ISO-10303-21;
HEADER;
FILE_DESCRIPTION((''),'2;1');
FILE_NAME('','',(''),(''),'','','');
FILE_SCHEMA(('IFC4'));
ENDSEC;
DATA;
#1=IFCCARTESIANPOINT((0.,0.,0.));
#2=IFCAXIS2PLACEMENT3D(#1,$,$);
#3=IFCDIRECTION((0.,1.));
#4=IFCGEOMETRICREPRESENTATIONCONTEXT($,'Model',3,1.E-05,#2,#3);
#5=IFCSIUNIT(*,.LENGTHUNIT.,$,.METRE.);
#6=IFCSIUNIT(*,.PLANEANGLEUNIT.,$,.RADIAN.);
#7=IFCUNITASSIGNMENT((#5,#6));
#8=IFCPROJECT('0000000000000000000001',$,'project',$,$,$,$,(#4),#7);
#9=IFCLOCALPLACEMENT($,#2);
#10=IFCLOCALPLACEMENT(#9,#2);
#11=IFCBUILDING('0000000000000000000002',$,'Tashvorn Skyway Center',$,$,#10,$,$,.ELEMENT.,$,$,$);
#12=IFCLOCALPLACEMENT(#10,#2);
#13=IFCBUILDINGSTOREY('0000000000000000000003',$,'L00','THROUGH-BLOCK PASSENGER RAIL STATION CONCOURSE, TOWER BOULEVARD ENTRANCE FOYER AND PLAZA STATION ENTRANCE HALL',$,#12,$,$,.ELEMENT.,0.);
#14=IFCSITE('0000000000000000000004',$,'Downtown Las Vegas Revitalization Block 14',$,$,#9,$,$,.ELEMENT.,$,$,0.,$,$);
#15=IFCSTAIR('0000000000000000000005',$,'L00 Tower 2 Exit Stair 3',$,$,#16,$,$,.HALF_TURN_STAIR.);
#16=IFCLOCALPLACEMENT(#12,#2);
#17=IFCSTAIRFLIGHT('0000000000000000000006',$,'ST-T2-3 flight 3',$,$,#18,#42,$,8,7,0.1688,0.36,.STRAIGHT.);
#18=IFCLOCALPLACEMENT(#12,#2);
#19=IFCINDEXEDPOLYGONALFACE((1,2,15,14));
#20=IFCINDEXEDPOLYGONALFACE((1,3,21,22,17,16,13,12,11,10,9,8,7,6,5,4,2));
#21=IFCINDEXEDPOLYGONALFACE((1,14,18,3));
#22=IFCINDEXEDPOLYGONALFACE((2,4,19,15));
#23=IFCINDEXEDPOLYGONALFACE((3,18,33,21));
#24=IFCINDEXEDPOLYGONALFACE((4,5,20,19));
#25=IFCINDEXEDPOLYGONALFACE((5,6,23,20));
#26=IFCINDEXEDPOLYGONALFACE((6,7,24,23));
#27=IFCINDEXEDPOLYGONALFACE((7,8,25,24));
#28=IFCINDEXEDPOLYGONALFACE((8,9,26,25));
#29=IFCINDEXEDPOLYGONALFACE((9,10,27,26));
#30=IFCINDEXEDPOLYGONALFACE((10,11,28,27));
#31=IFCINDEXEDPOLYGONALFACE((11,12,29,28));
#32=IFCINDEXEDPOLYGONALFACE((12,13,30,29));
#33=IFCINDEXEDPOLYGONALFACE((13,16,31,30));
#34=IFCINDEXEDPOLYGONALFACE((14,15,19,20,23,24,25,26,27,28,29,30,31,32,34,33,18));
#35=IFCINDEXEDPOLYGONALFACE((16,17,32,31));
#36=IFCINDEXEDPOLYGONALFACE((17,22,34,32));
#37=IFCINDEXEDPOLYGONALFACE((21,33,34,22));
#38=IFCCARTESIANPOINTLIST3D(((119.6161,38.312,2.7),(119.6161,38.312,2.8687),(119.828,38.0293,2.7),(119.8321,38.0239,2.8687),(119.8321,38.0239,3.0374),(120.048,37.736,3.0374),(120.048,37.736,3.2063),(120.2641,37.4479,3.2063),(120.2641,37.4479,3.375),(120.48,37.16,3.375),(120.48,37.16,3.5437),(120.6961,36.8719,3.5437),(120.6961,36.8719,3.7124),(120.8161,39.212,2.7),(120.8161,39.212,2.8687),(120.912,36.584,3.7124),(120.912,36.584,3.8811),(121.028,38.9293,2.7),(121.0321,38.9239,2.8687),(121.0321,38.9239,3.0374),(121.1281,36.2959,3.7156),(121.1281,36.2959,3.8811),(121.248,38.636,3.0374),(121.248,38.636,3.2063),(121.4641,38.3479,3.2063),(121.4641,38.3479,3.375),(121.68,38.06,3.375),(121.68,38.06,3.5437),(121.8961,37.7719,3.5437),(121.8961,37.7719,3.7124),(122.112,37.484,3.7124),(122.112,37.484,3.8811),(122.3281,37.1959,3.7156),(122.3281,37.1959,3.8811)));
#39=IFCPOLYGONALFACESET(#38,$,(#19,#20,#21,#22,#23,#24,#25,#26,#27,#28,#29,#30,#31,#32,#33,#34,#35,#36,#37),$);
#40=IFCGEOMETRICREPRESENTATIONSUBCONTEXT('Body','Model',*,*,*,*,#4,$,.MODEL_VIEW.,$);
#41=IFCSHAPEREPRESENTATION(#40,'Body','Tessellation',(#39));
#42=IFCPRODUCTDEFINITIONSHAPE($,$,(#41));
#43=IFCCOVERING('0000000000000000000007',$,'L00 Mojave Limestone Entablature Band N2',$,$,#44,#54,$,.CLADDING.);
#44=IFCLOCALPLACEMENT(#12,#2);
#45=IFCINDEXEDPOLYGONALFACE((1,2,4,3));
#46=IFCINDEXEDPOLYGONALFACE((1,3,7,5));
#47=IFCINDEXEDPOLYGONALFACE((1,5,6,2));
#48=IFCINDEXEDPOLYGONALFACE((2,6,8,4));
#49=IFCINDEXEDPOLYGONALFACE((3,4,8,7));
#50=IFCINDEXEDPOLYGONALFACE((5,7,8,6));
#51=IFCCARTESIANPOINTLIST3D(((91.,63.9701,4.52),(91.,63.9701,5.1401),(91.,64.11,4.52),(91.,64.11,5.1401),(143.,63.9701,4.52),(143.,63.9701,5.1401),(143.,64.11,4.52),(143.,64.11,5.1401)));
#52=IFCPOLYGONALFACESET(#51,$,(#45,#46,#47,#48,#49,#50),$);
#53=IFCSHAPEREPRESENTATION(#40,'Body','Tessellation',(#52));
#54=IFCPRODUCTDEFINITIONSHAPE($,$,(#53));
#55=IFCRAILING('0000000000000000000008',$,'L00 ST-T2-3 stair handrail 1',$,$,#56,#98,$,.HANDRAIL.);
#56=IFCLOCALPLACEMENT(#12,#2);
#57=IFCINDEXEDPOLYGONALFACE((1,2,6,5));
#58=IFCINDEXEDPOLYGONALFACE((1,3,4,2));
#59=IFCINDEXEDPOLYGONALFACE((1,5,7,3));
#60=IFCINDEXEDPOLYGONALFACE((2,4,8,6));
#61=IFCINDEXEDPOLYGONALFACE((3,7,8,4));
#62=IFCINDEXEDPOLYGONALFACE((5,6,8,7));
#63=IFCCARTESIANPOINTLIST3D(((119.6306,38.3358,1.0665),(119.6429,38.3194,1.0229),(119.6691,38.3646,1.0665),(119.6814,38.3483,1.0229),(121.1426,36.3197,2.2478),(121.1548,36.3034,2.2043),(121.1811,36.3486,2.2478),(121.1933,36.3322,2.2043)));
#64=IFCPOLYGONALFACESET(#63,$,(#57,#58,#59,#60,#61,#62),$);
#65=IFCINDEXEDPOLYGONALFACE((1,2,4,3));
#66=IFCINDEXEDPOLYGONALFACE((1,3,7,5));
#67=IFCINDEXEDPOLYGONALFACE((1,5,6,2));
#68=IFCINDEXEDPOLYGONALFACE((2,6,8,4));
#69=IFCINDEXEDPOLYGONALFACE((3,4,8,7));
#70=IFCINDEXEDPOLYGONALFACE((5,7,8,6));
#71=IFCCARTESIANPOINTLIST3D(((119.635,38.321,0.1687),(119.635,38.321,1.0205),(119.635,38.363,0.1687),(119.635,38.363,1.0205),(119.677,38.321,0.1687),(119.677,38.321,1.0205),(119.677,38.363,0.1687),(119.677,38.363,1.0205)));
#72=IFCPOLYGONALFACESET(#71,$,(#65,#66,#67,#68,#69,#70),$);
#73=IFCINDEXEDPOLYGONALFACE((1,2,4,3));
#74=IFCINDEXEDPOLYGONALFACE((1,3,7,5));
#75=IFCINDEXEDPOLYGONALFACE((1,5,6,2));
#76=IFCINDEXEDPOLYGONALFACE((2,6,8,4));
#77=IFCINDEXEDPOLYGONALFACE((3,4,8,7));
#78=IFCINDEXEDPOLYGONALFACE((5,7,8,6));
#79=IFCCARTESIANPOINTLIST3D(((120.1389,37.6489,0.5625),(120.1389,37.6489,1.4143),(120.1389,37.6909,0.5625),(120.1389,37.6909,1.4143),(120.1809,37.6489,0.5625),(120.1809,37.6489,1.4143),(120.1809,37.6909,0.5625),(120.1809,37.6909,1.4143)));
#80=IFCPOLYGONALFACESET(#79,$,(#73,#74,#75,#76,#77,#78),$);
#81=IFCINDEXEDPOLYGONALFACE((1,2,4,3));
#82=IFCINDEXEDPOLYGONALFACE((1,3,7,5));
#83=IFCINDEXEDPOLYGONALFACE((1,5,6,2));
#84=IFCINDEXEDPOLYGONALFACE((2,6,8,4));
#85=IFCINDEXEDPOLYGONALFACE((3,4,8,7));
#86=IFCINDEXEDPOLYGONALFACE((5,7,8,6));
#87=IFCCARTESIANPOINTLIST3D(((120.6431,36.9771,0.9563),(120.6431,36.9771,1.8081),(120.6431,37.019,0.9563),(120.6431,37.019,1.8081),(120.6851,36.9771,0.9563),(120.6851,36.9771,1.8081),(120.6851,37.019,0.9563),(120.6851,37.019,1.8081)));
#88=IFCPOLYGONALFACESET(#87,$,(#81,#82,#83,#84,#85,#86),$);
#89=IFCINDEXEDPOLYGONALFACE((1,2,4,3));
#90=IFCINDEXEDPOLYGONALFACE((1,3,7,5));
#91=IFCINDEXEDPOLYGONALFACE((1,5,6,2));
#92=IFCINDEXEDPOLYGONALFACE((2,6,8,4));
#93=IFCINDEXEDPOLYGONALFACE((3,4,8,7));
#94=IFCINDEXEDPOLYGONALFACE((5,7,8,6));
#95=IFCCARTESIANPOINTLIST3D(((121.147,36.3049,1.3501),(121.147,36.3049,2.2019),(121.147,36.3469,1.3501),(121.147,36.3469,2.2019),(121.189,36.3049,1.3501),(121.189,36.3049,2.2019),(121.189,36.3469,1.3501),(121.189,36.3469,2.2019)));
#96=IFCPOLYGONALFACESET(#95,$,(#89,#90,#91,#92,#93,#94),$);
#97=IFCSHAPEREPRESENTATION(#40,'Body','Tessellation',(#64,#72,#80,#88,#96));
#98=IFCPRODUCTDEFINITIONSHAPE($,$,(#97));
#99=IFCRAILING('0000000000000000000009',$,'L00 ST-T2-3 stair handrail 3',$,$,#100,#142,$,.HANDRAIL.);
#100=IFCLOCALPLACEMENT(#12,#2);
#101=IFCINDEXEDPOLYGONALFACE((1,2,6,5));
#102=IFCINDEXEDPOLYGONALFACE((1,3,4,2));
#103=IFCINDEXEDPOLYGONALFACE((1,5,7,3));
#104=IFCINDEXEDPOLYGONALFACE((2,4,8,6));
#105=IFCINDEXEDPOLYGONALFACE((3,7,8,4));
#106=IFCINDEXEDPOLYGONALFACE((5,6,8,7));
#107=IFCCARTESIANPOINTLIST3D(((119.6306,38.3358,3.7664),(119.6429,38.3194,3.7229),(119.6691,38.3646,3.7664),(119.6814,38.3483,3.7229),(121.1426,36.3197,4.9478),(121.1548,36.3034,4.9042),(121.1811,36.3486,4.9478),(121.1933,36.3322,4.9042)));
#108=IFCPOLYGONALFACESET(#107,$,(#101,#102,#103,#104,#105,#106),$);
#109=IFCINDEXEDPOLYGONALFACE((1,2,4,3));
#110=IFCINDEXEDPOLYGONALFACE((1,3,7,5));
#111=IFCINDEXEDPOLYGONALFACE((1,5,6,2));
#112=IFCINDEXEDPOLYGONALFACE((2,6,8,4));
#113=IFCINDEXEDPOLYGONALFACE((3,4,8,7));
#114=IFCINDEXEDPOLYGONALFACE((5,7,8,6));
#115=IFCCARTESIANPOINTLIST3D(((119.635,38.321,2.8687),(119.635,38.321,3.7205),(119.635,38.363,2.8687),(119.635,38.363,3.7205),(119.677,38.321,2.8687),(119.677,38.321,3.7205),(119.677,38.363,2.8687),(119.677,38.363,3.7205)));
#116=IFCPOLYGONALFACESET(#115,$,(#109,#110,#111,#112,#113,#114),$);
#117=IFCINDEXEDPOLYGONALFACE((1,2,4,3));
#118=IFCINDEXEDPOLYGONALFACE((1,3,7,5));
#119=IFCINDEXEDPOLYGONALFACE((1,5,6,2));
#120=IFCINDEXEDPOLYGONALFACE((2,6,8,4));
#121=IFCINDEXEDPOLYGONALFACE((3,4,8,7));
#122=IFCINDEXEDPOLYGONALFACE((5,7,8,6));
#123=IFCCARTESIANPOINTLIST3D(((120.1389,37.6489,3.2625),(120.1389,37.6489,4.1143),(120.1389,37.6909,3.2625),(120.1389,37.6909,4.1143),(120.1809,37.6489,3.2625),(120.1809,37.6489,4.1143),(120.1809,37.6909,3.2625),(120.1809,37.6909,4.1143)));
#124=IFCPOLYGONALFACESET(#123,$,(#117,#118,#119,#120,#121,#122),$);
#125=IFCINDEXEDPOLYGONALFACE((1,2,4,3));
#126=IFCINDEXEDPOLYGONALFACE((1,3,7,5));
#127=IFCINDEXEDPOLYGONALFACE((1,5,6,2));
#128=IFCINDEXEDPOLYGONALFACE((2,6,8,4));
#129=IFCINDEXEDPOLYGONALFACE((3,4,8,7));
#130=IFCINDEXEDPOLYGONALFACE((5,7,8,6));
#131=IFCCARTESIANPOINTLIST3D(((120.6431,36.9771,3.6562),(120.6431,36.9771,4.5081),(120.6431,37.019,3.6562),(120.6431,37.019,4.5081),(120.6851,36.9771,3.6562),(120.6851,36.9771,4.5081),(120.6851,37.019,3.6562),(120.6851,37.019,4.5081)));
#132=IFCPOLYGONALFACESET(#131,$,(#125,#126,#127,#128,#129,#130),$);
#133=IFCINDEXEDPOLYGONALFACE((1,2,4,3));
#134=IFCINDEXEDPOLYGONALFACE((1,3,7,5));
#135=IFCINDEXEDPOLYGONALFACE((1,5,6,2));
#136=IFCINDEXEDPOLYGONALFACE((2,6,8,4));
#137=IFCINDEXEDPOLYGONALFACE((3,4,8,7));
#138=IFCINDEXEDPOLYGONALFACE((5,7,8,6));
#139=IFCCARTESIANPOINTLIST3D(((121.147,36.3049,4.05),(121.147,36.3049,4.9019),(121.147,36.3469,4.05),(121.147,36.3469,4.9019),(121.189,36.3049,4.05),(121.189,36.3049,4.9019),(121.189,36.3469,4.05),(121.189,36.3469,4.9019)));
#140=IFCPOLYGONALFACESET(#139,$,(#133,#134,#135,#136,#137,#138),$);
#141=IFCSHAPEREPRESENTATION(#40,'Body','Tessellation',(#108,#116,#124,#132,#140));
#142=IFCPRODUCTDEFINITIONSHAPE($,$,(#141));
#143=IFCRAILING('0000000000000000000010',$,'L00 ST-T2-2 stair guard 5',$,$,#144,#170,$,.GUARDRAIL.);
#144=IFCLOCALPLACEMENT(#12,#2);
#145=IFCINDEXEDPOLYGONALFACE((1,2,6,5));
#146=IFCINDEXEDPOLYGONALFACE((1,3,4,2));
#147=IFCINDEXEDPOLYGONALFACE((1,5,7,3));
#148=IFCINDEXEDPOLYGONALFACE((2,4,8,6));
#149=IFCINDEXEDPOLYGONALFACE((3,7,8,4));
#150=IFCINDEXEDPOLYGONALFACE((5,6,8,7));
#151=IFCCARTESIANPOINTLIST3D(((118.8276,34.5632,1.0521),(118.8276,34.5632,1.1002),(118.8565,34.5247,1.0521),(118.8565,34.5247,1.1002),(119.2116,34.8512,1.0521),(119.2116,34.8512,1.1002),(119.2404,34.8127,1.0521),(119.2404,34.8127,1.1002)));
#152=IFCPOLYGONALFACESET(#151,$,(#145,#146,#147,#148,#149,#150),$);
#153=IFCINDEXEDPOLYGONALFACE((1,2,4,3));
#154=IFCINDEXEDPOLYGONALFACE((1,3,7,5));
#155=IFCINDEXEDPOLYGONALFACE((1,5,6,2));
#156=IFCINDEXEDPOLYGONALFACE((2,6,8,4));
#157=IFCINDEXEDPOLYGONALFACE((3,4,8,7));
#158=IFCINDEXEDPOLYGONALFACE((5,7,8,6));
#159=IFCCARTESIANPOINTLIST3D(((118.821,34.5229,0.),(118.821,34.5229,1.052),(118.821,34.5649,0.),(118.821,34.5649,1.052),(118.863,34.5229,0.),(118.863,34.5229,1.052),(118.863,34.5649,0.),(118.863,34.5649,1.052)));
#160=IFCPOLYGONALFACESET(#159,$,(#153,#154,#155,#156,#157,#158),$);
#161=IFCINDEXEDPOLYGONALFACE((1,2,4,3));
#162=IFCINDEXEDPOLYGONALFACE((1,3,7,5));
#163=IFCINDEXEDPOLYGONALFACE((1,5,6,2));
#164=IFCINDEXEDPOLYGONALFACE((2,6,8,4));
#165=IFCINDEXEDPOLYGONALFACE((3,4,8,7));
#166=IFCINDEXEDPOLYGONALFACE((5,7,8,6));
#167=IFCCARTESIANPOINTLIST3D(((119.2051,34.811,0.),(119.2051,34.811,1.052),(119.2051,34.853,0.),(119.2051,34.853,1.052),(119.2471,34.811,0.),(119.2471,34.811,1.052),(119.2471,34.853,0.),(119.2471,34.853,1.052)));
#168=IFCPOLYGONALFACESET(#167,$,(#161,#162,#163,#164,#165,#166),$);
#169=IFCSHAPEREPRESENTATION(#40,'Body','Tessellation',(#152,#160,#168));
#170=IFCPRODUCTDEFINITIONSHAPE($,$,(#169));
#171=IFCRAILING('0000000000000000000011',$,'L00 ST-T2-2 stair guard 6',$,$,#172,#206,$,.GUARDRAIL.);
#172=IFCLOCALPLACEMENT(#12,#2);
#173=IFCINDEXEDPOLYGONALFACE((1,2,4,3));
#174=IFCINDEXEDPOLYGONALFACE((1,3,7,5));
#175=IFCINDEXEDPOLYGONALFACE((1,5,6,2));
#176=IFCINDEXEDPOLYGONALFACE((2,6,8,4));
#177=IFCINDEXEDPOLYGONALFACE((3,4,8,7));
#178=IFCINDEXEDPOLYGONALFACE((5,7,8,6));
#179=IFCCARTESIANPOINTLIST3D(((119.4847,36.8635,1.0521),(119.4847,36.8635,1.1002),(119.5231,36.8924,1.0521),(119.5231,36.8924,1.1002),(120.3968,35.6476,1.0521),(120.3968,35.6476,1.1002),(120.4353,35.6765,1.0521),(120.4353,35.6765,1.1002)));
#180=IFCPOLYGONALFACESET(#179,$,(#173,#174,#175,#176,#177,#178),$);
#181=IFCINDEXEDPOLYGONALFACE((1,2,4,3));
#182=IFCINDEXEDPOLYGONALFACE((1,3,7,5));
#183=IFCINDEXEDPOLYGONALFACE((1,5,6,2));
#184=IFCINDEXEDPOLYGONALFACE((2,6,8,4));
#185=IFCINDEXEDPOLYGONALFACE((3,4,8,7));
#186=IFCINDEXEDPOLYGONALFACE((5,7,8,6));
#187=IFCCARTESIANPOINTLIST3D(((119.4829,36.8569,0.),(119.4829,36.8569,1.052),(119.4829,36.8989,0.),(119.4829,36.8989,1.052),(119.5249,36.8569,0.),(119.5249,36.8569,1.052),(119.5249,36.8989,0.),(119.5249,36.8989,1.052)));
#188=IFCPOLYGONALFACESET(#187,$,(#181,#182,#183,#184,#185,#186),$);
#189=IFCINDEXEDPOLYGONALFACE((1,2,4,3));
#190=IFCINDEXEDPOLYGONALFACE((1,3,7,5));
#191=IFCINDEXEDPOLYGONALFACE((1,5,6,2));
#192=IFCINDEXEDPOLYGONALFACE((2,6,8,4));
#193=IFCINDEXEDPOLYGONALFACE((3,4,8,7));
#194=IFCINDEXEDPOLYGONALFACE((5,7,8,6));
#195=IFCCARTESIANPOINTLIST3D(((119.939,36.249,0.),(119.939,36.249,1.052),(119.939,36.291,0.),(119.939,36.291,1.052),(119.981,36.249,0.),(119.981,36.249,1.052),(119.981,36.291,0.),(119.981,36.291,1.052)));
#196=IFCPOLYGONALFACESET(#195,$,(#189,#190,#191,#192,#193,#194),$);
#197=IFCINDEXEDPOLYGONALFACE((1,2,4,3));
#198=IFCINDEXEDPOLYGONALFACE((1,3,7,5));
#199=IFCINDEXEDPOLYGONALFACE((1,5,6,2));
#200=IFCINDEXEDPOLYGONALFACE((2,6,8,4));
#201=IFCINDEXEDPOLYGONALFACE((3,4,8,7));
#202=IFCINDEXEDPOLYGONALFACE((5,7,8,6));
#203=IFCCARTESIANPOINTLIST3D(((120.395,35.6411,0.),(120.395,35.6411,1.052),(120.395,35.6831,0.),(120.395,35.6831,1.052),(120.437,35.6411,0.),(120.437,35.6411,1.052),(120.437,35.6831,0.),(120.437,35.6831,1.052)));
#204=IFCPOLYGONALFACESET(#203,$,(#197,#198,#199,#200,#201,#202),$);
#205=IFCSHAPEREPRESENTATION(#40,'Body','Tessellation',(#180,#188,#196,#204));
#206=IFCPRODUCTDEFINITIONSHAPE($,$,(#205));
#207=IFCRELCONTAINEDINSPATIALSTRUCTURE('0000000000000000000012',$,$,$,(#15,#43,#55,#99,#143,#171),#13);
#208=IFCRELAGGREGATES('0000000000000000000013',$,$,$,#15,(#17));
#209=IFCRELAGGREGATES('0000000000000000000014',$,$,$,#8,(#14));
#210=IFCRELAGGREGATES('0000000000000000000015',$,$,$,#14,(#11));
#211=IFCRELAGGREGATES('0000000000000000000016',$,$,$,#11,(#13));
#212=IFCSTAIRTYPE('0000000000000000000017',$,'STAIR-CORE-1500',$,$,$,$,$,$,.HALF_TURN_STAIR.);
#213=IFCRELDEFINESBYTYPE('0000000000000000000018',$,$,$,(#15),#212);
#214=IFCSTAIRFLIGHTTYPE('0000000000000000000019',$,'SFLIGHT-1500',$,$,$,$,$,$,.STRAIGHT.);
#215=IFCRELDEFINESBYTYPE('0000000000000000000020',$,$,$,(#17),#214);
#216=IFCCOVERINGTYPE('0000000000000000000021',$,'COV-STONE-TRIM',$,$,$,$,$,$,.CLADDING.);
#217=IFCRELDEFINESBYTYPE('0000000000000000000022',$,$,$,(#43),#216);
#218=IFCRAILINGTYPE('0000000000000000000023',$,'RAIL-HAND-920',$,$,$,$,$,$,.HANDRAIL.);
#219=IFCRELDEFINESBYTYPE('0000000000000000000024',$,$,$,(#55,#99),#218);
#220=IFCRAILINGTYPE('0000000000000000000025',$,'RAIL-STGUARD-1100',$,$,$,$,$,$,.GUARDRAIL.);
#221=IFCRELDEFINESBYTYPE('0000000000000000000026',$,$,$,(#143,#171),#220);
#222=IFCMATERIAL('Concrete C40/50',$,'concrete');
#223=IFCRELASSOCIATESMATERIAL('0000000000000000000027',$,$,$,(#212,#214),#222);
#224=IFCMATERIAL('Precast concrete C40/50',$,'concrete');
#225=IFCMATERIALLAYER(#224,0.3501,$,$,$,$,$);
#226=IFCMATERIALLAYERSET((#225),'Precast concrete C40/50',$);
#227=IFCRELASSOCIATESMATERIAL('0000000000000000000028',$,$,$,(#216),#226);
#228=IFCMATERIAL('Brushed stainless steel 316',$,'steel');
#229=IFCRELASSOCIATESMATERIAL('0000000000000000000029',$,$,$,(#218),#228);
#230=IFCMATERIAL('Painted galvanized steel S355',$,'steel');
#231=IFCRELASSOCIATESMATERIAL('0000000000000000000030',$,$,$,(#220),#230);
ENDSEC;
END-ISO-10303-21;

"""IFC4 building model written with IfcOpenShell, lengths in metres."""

from ifc_helpers import new_model, si_unit, direction, frame, origin, origin_2d, place, context, subcontext, project, spatial, polyline, rectangle, outline, extrude, material, layer, layer_set, type_object, element, aggregate, save


model = new_model("IFC4")

# Units and contexts
model_context = context("Model", 3, precision=1e-05, world=origin(), true_north=direction((0.0, 1.0)))
body_context = subcontext(model_context, "Body", "Model", "MODEL_VIEW")
ifc_project = project(units=[si_unit("LENGTHUNIT", "METRE"), si_unit("PLANEANGLEUNIT", "RADIAN")], contexts=[model_context])

# Site, building, storey
site_placement = place(None, origin())
site = spatial("IfcSite", under=ifc_project, at=site_placement, Name="Downtown Las Vegas Revitalization Block 14", CompositionType="ELEMENT", RefElevation=0.0)
building_placement = place(site_placement, origin())
building = spatial("IfcBuilding", under=site, at=building_placement, Name="Tashvorn Skyway Center", CompositionType="ELEMENT")
storey_placement = place(building_placement, origin())
storey = spatial("IfcBuildingStorey", under=building, at=storey_placement, Name="L00", Description="THROUGH-BLOCK PASSENGER RAIL STATION CONCOURSE, TOWER BOULEVARD ENTRANCE FOYER AND PLAZA STATION ENTRANCE HALL", CompositionType="ELEMENT", Elevation=0.0)

# Shared definitions
ifc_material_1 = material(Name="Concrete C40/50", Category="concrete")

# Stair, stair flight
stair_type = type_object("IfcStairType", Name="STAIR-CORE-1500", PredefinedType="HALF_TURN_STAIR", material=ifc_material_1)
stair_placement = place(storey_placement, origin())
stair = element("IfcStair", 1, at=stair_placement, inside=storey, type_object=stair_type, Name="L00 Tower 2 Exit Stair 3", PredefinedType="HALF_TURN_STAIR")
stair_flight_type = type_object("IfcStairFlightType", Name="SFLIGHT-1500", PredefinedType="STRAIGHT", material=ifc_material_1)
stair_flight_1_placement = place(storey_placement, frame((120.2161, 38.762, 2.7), z_axis=(0.0, 0.0, 1.0), x_axis=(0.6, -0.8, 0.0)))
stair_flight_1 = element("IfcStairFlight", 2, at=stair_flight_1_placement, type_object=stair_flight_type, Name="ST-T2-3 flight 3", NumberOfRisers=8, NumberOfTreads=7, PredefinedType="STRAIGHT", RiserHeight=0.1688, TreadLength=0.36, context=body_context, shape_type="SweptSolid", body=[
    extrude(outline(polyline([(0.0, 0.0), (0.0, 0.1687), (0.3601, 0.1687), (0.3601, 0.3374), (0.72, 0.3374), (0.72, 0.5063), (1.0801, 0.5063), (1.0801, 0.675), (1.4399, 0.675), (1.4399, 0.8438), (1.8, 0.8438), (1.8, 1.0125), (2.1599, 1.0125), (2.1599, 1.1812), (2.52, 1.1812), (2.52, 1.3501), (2.52, 1.0156), (0.3533, 0.0), (0.0, 0.0)])), frame((0.0, 0.75, 0.0), z_axis=(0.0, -1.0, 0.0), x_axis=(1.0, 0.0, 0.0)), (0.0, 0.0, 1.0), 1.5),
])
aggregate(stair, [stair_flight_1])

# Covering
ifc_material_2 = material(Name="Precast concrete C40/50", Category="concrete")
ifc_layer_1 = layer(ifc_material_2, 0.3501)
ifc_layer_set_1 = layer_set([ifc_layer_1], Name="Precast concrete C40/50")
covering_type = type_object("IfcCoveringType", Name="COV-STONE-TRIM", PredefinedType="CLADDING", material=ifc_layer_set_1)
covering_placement = place(storey_placement, frame((117.0, 64.04, 4.52), z_axis=(0.0, 0.0, 1.0), x_axis=(1.0, 0.0, 0.0)))
element("IfcCovering", 3, at=covering_placement, inside=storey, type_object=covering_type, Name="L00 Mojave Limestone Entablature Band N2", PredefinedType="CLADDING", context=body_context, shape_type="SweptSolid", body=[
    extrude(rectangle(XDim=52.0, YDim=0.1399, at=origin_2d()), origin(), (0.0, 0.0, 1.0), 0.6201),
])

# Railings
ifc_material_3 = material(Name="Brushed stainless steel 316", Category="steel")
railing_type_1 = type_object("IfcRailingType", Name="RAIL-HAND-920", PredefinedType="HANDRAIL", material=ifc_material_3)
for number, where, name in (
    (4, (119.656, 38.342, 0.1687), "L00 ST-T2-3 stair handrail 1"),
    (5, (119.656, 38.342, 2.8687), "L00 ST-T2-3 stair handrail 3"),
):
    element("IfcRailing", number, at=place(storey_placement, frame(where)), inside=storey, type_object=railing_type_1, Name=name, PredefinedType="HANDRAIL", context=body_context, shape_type="SweptSolid", body=[
        extrude(rectangle(XDim=0.0481, YDim=0.0481, at=origin_2d()), frame((0.0, 0.0, 0.876), z_axis=(0.543238, -0.724376, 0.424468), x_axis=(0.800023, 0.599969, 0.0)), (0.0, 0.0, 1.0), 2.7832),
        extrude(rectangle(XDim=0.042, YDim=0.042, at=origin_2d()), origin(), (0.0, 0.0, 1.0), 0.8518),
        extrude(rectangle(XDim=0.042, YDim=0.042, at=origin_2d()), frame((0.5039, -0.6721, 0.3938)), (0.0, 0.0, 1.0), 0.8518),
        extrude(rectangle(XDim=0.042, YDim=0.042, at=origin_2d()), frame((1.0081, -1.344, 0.7876)), (0.0, 0.0, 1.0), 0.8518),
        extrude(rectangle(XDim=0.042, YDim=0.042, at=origin_2d()), frame((1.512, -2.0161, 1.1814)), (0.0, 0.0, 1.0), 0.8518),
    ])
ifc_material_4 = material(Name="Painted galvanized steel S355", Category="steel")
railing_type_2 = type_object("IfcRailingType", Name="RAIL-STGUARD-1100", PredefinedType="GUARDRAIL", material=ifc_material_4)
railing_1_placement = place(storey_placement, frame((118.842, 34.5439, 0.0)))
element("IfcRailing", 6, at=railing_1_placement, inside=storey, type_object=railing_type_2, Name="L00 ST-T2-2 stair guard 5", PredefinedType="GUARDRAIL", context=body_context, shape_type="SweptSolid", body=[
    extrude(rectangle(XDim=0.0481, YDim=0.0481, at=origin_2d()), frame((0.0, 0.0, 1.0762), z_axis=(0.799939, 0.600081, 0.0), x_axis=(-0.600081, 0.799939, 0.0)), (0.0, 0.0, 1.0), 0.48),
    extrude(rectangle(XDim=0.042, YDim=0.042, at=origin_2d()), origin(), (0.0, 0.0, 1.0), 1.052),
    extrude(rectangle(XDim=0.042, YDim=0.042, at=origin_2d()), frame((0.384, 0.2881, 0.0)), (0.0, 0.0, 1.0), 1.052),
])
railing_2_placement = place(storey_placement, frame((119.5039, 36.8779, 0.0)))
element("IfcRailing", 7, at=railing_2_placement, inside=storey, type_object=railing_type_2, Name="L00 ST-T2-2 stair guard 6", PredefinedType="GUARDRAIL", context=body_context, shape_type="SweptSolid", body=[
    extrude(rectangle(XDim=0.0481, YDim=0.0481, at=origin_2d()), frame((0.0, 0.0, 1.0762), z_axis=(0.600103, -0.799923, 0.0), x_axis=(0.799923, 0.600103, 0.0)), (0.0, 0.0, 1.0), 1.52),
    extrude(rectangle(XDim=0.042, YDim=0.042, at=origin_2d()), origin(), (0.0, 0.0, 1.0), 1.052),
    extrude(rectangle(XDim=0.042, YDim=0.042, at=origin_2d()), frame((0.4561, -0.6079, 0.0)), (0.0, 0.0, 1.0), 1.052),
    extrude(rectangle(XDim=0.042, YDim=0.042, at=origin_2d()), frame((0.9121, -1.2158, 0.0)), (0.0, 0.0, 1.0), 1.052),
])

save(model, "model.ifc")
